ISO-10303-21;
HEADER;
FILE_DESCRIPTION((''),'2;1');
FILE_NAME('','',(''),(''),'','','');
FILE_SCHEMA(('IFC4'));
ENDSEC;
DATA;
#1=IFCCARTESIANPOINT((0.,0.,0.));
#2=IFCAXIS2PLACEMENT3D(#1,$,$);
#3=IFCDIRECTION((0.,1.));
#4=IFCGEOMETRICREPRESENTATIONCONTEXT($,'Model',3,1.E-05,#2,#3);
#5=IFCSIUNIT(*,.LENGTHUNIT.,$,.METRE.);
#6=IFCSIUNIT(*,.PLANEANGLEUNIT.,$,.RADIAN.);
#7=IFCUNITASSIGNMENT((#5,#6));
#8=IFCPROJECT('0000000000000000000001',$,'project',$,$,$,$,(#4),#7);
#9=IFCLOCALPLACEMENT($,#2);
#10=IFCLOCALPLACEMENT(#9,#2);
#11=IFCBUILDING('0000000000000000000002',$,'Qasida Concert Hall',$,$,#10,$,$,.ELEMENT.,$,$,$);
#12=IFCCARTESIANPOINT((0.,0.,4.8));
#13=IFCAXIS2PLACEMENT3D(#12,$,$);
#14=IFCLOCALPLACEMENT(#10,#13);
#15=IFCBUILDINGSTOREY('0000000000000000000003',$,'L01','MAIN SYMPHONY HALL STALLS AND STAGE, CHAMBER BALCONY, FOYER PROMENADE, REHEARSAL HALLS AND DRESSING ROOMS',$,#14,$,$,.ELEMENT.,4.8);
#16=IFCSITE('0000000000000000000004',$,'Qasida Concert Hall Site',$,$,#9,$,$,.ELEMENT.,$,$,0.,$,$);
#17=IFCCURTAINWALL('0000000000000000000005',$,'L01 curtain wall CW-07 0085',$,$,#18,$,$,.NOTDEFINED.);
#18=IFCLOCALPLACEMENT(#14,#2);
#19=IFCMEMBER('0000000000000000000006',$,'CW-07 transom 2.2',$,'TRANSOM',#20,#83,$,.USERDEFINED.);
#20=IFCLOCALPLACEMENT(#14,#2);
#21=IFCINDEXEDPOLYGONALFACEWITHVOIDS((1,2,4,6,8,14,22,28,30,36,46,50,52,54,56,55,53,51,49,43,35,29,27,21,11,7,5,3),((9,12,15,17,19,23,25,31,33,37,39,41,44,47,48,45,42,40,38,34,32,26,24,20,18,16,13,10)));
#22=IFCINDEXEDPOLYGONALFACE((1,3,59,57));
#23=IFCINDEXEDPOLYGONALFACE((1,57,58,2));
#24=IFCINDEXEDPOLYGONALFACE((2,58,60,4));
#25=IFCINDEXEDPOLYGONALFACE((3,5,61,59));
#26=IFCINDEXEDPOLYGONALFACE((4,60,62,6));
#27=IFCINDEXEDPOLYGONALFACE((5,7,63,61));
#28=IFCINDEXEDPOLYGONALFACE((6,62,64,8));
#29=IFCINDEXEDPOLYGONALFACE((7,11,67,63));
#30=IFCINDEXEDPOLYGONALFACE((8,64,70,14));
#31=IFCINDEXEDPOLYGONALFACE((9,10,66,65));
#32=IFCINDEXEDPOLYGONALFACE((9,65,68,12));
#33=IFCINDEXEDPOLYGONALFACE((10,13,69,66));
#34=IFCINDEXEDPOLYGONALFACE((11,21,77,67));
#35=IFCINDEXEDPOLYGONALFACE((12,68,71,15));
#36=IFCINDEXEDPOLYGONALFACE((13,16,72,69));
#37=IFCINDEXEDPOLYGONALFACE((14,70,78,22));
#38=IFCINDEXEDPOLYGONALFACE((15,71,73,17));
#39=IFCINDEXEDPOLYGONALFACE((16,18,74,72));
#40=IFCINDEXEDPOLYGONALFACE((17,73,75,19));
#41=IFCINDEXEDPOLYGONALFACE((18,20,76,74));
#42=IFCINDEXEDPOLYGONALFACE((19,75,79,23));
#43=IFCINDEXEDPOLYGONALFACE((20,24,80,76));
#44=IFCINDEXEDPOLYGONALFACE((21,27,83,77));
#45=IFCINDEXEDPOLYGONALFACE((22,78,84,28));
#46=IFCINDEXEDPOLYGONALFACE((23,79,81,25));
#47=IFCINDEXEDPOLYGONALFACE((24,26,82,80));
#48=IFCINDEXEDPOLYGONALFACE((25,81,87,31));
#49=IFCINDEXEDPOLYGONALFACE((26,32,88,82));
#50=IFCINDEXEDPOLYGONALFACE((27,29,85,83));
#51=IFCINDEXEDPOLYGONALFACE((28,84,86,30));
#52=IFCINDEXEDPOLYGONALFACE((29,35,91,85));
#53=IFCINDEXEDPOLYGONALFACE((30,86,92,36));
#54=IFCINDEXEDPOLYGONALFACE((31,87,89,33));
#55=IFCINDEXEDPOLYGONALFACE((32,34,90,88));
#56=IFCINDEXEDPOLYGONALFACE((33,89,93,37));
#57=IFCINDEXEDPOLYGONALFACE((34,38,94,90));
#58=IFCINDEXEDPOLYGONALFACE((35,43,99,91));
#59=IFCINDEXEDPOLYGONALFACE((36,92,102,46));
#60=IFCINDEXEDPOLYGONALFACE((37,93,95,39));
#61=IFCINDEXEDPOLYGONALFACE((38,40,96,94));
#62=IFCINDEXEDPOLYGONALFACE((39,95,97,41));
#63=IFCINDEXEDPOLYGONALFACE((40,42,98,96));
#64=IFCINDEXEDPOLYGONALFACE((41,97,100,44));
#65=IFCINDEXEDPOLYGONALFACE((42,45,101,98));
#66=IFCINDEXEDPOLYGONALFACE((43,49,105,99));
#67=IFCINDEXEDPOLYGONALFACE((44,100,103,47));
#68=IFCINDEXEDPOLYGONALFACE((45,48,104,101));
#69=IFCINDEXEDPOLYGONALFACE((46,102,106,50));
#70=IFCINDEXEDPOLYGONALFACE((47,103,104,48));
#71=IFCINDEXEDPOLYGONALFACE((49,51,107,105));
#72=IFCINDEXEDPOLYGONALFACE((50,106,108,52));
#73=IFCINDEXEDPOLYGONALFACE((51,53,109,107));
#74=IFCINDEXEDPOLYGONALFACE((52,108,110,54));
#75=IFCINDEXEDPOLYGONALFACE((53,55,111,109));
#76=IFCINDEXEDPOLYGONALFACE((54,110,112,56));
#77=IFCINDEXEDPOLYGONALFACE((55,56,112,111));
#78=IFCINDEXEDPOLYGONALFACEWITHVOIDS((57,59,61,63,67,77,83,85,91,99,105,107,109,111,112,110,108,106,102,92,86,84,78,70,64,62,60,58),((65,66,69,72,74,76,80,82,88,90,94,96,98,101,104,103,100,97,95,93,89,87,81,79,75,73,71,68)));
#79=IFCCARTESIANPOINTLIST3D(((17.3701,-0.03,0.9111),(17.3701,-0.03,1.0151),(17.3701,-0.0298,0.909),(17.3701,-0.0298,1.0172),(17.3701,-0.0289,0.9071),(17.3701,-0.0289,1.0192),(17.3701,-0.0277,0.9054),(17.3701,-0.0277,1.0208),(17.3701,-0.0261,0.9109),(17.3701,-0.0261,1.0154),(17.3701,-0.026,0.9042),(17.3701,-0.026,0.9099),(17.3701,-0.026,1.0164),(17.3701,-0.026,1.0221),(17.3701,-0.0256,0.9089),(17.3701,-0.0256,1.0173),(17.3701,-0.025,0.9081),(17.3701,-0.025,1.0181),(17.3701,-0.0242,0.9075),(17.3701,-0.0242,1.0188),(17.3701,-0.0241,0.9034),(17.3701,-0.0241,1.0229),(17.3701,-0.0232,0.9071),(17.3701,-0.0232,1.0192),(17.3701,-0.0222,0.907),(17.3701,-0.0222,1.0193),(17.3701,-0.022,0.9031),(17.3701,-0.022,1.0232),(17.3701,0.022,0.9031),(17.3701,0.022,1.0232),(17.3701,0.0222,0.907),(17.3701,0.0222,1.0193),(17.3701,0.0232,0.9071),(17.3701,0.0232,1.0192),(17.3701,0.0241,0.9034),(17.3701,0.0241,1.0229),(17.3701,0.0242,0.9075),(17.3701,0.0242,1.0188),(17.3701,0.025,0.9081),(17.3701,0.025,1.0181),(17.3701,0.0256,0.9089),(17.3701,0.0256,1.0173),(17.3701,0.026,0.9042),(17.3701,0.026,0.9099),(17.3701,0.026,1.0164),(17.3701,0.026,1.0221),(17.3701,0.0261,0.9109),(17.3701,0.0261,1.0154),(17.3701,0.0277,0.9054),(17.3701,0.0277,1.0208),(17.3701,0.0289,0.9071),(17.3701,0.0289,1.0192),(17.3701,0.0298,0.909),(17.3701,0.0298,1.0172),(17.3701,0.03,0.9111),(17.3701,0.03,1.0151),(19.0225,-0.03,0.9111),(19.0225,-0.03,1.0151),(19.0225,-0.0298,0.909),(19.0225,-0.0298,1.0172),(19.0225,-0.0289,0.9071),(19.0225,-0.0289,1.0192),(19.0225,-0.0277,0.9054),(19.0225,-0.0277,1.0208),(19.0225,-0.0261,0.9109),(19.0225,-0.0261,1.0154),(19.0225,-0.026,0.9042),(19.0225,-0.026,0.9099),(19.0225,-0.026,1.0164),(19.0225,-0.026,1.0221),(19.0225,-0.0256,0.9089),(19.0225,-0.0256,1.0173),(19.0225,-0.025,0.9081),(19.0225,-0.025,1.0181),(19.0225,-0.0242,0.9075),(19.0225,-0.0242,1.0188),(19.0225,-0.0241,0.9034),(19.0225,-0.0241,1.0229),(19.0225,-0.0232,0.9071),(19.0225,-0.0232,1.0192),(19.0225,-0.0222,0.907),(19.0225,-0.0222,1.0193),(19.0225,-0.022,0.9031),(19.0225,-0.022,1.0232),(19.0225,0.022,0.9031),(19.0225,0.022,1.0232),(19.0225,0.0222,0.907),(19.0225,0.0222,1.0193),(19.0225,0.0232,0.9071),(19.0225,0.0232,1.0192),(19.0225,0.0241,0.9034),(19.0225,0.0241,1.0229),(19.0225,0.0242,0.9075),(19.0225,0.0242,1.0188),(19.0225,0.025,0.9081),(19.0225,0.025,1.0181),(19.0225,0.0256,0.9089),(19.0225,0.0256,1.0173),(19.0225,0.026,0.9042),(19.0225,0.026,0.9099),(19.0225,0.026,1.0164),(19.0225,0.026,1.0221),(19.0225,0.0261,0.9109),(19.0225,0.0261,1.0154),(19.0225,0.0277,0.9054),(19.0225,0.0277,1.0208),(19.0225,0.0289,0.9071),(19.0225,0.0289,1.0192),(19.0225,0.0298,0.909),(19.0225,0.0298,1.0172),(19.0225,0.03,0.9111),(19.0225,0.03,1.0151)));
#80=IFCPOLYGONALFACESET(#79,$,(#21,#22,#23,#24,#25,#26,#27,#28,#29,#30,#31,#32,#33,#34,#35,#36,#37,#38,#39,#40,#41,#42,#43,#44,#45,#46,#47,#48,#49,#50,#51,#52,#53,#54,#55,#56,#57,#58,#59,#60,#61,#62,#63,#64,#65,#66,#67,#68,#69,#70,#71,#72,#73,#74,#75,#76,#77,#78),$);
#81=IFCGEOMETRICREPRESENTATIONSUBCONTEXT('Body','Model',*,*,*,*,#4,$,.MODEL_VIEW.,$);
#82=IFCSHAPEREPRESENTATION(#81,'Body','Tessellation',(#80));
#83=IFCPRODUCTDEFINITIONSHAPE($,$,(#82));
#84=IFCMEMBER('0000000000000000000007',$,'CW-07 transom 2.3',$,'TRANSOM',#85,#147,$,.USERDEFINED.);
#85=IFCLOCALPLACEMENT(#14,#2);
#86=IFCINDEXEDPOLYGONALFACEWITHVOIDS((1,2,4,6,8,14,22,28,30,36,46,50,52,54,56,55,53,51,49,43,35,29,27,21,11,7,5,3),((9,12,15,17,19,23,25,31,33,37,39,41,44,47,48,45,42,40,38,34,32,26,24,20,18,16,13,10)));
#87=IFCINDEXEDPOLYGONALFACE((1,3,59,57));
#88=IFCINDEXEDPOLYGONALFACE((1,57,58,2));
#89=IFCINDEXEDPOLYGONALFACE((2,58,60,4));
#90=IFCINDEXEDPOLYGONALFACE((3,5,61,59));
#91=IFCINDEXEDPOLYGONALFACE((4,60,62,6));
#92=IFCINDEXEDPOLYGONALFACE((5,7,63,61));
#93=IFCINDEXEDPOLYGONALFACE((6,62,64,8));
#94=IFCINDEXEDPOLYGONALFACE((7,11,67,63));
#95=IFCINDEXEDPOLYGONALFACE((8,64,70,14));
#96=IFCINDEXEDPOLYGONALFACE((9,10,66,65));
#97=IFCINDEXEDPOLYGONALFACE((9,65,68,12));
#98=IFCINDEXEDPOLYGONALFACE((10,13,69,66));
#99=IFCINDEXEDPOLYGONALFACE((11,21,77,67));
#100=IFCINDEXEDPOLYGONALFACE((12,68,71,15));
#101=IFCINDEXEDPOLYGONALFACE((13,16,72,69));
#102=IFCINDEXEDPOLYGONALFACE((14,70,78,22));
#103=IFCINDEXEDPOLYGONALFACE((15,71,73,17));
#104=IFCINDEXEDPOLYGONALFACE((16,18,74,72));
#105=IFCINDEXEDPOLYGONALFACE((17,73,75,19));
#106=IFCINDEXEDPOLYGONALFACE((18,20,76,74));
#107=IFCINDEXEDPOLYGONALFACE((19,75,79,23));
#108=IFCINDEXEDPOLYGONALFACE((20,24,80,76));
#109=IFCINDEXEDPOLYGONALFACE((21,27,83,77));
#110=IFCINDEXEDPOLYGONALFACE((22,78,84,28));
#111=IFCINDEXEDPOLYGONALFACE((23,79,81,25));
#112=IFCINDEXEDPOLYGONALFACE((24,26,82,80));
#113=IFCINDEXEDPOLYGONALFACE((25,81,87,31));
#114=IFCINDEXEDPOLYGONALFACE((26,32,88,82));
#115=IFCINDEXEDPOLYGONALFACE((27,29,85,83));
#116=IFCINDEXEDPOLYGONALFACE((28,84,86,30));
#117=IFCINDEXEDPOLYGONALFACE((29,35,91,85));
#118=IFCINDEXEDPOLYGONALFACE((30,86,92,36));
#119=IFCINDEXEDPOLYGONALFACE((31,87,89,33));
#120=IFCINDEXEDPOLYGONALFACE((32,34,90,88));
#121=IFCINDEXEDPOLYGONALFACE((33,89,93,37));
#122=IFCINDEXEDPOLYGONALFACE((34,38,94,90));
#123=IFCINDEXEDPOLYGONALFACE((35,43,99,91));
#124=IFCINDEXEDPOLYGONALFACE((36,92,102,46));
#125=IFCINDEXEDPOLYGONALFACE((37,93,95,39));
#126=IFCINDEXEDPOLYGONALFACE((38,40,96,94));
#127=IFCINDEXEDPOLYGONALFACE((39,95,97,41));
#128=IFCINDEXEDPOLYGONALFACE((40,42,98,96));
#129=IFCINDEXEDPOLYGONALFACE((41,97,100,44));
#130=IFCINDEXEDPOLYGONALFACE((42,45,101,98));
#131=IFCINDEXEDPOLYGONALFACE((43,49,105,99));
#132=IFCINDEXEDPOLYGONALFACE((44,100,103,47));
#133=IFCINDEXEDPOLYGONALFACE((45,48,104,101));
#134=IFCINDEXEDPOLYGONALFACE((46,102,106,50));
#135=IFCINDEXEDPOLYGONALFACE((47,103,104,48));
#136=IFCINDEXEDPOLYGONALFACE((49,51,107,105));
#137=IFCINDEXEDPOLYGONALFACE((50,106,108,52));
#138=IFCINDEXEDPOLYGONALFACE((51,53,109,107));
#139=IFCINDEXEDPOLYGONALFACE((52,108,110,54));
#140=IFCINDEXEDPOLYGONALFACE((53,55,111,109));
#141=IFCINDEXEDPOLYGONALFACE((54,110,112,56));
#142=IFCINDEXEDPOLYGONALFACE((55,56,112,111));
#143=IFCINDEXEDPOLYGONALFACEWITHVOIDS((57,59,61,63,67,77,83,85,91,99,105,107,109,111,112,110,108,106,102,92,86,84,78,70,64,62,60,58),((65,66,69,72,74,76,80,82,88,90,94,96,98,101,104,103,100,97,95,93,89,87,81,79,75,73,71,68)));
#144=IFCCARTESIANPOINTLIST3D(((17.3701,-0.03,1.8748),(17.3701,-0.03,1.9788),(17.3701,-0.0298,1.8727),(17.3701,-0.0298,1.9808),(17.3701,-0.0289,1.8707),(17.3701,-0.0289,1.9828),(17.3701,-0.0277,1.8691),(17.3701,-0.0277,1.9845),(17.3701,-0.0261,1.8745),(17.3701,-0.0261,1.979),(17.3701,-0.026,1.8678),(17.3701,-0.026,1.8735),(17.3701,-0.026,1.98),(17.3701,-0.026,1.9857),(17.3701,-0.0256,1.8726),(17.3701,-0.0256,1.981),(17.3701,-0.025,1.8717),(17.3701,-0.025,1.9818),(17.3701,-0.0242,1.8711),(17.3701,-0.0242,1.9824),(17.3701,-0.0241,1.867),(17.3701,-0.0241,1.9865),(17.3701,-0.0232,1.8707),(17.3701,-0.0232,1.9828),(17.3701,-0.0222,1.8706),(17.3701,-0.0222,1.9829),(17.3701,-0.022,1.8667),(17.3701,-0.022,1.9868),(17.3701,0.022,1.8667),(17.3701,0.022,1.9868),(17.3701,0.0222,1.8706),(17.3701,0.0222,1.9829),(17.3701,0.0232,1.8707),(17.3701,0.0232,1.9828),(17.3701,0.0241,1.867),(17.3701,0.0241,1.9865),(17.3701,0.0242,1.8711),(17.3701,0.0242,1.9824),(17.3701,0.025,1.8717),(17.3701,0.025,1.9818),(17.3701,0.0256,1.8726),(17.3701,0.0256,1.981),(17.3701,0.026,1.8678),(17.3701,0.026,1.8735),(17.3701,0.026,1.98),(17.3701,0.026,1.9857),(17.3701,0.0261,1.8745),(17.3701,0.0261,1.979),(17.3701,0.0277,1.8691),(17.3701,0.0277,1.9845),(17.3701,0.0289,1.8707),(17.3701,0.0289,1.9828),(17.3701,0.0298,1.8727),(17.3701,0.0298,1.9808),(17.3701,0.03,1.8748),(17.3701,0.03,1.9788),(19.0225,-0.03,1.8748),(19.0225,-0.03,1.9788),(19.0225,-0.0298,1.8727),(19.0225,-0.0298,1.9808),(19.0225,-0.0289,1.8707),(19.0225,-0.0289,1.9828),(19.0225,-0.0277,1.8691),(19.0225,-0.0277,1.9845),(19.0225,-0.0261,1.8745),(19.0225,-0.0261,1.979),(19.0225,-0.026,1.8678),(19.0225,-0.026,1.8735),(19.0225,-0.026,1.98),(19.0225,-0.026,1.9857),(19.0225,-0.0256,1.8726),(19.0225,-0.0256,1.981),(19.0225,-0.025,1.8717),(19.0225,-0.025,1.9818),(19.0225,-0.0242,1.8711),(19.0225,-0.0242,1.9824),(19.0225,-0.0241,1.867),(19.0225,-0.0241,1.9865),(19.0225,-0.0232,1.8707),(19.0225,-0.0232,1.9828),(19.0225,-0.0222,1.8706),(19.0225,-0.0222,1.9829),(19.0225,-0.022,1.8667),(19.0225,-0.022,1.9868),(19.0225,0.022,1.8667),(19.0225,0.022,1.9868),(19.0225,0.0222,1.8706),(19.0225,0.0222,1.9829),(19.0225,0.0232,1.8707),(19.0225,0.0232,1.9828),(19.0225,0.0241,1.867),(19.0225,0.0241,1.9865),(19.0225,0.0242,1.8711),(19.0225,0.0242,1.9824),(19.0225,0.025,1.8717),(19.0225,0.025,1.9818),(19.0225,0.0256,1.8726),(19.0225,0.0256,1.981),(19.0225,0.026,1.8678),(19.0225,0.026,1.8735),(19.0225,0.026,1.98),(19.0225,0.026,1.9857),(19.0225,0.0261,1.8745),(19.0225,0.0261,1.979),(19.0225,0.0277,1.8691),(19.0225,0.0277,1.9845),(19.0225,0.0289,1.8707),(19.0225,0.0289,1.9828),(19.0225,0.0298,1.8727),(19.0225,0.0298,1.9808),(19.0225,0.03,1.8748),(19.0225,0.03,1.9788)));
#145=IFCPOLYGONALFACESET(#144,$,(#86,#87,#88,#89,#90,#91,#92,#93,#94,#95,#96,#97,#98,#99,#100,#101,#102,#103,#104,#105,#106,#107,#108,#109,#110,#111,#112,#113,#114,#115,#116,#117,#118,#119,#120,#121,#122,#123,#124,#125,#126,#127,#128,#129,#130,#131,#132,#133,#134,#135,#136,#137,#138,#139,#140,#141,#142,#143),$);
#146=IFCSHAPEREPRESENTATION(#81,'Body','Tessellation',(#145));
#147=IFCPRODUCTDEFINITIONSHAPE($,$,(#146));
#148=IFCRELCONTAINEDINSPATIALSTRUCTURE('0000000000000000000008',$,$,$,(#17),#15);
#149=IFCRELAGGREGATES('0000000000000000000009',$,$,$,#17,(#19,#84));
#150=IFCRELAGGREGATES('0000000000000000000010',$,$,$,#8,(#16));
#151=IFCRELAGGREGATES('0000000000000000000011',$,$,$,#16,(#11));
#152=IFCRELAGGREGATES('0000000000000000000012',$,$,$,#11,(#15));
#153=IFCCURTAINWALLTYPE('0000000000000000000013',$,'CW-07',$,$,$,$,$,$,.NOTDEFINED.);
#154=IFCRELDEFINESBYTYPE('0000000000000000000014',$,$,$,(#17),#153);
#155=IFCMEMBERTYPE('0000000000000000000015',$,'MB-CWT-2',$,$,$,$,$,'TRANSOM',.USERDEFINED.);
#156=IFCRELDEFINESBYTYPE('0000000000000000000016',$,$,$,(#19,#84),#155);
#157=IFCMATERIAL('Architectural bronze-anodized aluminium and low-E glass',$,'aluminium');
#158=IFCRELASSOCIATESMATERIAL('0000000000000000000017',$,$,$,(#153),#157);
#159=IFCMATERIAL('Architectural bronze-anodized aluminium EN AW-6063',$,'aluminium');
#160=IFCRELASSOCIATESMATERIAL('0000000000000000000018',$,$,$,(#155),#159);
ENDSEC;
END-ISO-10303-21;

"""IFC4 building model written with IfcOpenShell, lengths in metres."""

from ifc_helpers import new_model, si_unit, direction, frame, origin, origin_2d, place, context, subcontext, project, spatial, hollow_rectangle, extrude, material, material_profile, profile_set, type_object, element, aggregate, save


model = new_model("IFC4")

# Units and contexts
model_context = context("Model", 3, precision=1e-05, world=origin(), true_north=direction((0.0, 1.0)))
body_context = subcontext(model_context, "Body", "Model", "MODEL_VIEW")
ifc_project = project(units=[si_unit("LENGTHUNIT", "METRE"), si_unit("PLANEANGLEUNIT", "RADIAN")], contexts=[model_context])

# Site, building, storey
site_placement = place(None, origin())
site = spatial("IfcSite", under=ifc_project, at=site_placement, Name="Qasida Concert Hall Site", CompositionType="ELEMENT", RefElevation=0.0)
building_placement = place(site_placement, origin())
building = spatial("IfcBuilding", under=site, at=building_placement, Name="Qasida Concert Hall", CompositionType="ELEMENT")
storey_placement = place(building_placement, frame((0.0, 0.0, 4.8)))
storey = spatial("IfcBuildingStorey", under=building, at=storey_placement, Name="L01", Description="MAIN SYMPHONY HALL STALLS AND STAGE, CHAMBER BALCONY, FOYER PROMENADE, REHEARSAL HALLS AND DRESSING ROOMS", CompositionType="ELEMENT", Elevation=4.8)

# Curtain wall, members
ifc_material_1 = material(Name="Architectural bronze-anodized aluminium and low-E glass", Category="aluminium")
curtain_wall_type = type_object("IfcCurtainWallType", Name="CW-07", PredefinedType="NOTDEFINED", material=ifc_material_1)
curtain_wall_placement = place(storey_placement, origin())
curtain_wall = element("IfcCurtainWall", 1, at=curtain_wall_placement, inside=storey, type_object=curtain_wall_type, Name="L01 curtain wall CW-07 0085", PredefinedType="NOTDEFINED")
ifc_material_2 = material(Name="Architectural bronze-anodized aluminium EN AW-6063", Category="aluminium")
ifc_material_profile_1 = material_profile(ifc_material_2, hollow_rectangle(XDim=0.0601, YDim=0.1201, WallThickness=0.0039, InnerFilletRadius=0.0039, OuterFilletRadius=0.0081, at=origin_2d()), Name="CWT 120x60x4")
ifc_profile_set_1 = profile_set([ifc_material_profile_1], Name="Architectural bronze-anodized aluminium EN AW-6063")
member_type_1 = type_object("IfcMemberType", Name="MB-CWT-2", ElementType="TRANSOM", PredefinedType="USERDEFINED", material=ifc_profile_set_1)
member_1_placement = place(storey_placement, frame((17.3701, 0.0, 0.9631), z_axis=(1.0, 0.0, 0.0), x_axis=(0.0, 1.0, 0.0)))
member_1 = element("IfcMember", 2, at=member_1_placement, type_object=member_type_1, Name="CW-07 transom 2.2", ObjectType="TRANSOM", PredefinedType="USERDEFINED", context=body_context, shape_type="SweptSolid", body=[
    extrude(hollow_rectangle(XDim=0.0601, YDim=0.1201, WallThickness=0.0039, InnerFilletRadius=0.0039, OuterFilletRadius=0.0081, at=origin_2d()), origin(), (0.0, 0.0, 1.0), 1.6523),
])
member_2_placement = place(storey_placement, frame((17.3701, 0.0, 1.9268), z_axis=(1.0, 0.0, 0.0), x_axis=(0.0, 1.0, 0.0)))
member_2 = element("IfcMember", 3, at=member_2_placement, type_object=member_type_1, Name="CW-07 transom 2.3", ObjectType="TRANSOM", PredefinedType="USERDEFINED", context=body_context, shape_type="SweptSolid", body=[
    extrude(hollow_rectangle(XDim=0.0601, YDim=0.1201, WallThickness=0.0039, InnerFilletRadius=0.0039, OuterFilletRadius=0.0081, at=origin_2d()), origin(), (0.0, 0.0, 1.0), 1.6523),
])
aggregate(curtain_wall, [member_1, member_2])

save(model, "model.ifc")
